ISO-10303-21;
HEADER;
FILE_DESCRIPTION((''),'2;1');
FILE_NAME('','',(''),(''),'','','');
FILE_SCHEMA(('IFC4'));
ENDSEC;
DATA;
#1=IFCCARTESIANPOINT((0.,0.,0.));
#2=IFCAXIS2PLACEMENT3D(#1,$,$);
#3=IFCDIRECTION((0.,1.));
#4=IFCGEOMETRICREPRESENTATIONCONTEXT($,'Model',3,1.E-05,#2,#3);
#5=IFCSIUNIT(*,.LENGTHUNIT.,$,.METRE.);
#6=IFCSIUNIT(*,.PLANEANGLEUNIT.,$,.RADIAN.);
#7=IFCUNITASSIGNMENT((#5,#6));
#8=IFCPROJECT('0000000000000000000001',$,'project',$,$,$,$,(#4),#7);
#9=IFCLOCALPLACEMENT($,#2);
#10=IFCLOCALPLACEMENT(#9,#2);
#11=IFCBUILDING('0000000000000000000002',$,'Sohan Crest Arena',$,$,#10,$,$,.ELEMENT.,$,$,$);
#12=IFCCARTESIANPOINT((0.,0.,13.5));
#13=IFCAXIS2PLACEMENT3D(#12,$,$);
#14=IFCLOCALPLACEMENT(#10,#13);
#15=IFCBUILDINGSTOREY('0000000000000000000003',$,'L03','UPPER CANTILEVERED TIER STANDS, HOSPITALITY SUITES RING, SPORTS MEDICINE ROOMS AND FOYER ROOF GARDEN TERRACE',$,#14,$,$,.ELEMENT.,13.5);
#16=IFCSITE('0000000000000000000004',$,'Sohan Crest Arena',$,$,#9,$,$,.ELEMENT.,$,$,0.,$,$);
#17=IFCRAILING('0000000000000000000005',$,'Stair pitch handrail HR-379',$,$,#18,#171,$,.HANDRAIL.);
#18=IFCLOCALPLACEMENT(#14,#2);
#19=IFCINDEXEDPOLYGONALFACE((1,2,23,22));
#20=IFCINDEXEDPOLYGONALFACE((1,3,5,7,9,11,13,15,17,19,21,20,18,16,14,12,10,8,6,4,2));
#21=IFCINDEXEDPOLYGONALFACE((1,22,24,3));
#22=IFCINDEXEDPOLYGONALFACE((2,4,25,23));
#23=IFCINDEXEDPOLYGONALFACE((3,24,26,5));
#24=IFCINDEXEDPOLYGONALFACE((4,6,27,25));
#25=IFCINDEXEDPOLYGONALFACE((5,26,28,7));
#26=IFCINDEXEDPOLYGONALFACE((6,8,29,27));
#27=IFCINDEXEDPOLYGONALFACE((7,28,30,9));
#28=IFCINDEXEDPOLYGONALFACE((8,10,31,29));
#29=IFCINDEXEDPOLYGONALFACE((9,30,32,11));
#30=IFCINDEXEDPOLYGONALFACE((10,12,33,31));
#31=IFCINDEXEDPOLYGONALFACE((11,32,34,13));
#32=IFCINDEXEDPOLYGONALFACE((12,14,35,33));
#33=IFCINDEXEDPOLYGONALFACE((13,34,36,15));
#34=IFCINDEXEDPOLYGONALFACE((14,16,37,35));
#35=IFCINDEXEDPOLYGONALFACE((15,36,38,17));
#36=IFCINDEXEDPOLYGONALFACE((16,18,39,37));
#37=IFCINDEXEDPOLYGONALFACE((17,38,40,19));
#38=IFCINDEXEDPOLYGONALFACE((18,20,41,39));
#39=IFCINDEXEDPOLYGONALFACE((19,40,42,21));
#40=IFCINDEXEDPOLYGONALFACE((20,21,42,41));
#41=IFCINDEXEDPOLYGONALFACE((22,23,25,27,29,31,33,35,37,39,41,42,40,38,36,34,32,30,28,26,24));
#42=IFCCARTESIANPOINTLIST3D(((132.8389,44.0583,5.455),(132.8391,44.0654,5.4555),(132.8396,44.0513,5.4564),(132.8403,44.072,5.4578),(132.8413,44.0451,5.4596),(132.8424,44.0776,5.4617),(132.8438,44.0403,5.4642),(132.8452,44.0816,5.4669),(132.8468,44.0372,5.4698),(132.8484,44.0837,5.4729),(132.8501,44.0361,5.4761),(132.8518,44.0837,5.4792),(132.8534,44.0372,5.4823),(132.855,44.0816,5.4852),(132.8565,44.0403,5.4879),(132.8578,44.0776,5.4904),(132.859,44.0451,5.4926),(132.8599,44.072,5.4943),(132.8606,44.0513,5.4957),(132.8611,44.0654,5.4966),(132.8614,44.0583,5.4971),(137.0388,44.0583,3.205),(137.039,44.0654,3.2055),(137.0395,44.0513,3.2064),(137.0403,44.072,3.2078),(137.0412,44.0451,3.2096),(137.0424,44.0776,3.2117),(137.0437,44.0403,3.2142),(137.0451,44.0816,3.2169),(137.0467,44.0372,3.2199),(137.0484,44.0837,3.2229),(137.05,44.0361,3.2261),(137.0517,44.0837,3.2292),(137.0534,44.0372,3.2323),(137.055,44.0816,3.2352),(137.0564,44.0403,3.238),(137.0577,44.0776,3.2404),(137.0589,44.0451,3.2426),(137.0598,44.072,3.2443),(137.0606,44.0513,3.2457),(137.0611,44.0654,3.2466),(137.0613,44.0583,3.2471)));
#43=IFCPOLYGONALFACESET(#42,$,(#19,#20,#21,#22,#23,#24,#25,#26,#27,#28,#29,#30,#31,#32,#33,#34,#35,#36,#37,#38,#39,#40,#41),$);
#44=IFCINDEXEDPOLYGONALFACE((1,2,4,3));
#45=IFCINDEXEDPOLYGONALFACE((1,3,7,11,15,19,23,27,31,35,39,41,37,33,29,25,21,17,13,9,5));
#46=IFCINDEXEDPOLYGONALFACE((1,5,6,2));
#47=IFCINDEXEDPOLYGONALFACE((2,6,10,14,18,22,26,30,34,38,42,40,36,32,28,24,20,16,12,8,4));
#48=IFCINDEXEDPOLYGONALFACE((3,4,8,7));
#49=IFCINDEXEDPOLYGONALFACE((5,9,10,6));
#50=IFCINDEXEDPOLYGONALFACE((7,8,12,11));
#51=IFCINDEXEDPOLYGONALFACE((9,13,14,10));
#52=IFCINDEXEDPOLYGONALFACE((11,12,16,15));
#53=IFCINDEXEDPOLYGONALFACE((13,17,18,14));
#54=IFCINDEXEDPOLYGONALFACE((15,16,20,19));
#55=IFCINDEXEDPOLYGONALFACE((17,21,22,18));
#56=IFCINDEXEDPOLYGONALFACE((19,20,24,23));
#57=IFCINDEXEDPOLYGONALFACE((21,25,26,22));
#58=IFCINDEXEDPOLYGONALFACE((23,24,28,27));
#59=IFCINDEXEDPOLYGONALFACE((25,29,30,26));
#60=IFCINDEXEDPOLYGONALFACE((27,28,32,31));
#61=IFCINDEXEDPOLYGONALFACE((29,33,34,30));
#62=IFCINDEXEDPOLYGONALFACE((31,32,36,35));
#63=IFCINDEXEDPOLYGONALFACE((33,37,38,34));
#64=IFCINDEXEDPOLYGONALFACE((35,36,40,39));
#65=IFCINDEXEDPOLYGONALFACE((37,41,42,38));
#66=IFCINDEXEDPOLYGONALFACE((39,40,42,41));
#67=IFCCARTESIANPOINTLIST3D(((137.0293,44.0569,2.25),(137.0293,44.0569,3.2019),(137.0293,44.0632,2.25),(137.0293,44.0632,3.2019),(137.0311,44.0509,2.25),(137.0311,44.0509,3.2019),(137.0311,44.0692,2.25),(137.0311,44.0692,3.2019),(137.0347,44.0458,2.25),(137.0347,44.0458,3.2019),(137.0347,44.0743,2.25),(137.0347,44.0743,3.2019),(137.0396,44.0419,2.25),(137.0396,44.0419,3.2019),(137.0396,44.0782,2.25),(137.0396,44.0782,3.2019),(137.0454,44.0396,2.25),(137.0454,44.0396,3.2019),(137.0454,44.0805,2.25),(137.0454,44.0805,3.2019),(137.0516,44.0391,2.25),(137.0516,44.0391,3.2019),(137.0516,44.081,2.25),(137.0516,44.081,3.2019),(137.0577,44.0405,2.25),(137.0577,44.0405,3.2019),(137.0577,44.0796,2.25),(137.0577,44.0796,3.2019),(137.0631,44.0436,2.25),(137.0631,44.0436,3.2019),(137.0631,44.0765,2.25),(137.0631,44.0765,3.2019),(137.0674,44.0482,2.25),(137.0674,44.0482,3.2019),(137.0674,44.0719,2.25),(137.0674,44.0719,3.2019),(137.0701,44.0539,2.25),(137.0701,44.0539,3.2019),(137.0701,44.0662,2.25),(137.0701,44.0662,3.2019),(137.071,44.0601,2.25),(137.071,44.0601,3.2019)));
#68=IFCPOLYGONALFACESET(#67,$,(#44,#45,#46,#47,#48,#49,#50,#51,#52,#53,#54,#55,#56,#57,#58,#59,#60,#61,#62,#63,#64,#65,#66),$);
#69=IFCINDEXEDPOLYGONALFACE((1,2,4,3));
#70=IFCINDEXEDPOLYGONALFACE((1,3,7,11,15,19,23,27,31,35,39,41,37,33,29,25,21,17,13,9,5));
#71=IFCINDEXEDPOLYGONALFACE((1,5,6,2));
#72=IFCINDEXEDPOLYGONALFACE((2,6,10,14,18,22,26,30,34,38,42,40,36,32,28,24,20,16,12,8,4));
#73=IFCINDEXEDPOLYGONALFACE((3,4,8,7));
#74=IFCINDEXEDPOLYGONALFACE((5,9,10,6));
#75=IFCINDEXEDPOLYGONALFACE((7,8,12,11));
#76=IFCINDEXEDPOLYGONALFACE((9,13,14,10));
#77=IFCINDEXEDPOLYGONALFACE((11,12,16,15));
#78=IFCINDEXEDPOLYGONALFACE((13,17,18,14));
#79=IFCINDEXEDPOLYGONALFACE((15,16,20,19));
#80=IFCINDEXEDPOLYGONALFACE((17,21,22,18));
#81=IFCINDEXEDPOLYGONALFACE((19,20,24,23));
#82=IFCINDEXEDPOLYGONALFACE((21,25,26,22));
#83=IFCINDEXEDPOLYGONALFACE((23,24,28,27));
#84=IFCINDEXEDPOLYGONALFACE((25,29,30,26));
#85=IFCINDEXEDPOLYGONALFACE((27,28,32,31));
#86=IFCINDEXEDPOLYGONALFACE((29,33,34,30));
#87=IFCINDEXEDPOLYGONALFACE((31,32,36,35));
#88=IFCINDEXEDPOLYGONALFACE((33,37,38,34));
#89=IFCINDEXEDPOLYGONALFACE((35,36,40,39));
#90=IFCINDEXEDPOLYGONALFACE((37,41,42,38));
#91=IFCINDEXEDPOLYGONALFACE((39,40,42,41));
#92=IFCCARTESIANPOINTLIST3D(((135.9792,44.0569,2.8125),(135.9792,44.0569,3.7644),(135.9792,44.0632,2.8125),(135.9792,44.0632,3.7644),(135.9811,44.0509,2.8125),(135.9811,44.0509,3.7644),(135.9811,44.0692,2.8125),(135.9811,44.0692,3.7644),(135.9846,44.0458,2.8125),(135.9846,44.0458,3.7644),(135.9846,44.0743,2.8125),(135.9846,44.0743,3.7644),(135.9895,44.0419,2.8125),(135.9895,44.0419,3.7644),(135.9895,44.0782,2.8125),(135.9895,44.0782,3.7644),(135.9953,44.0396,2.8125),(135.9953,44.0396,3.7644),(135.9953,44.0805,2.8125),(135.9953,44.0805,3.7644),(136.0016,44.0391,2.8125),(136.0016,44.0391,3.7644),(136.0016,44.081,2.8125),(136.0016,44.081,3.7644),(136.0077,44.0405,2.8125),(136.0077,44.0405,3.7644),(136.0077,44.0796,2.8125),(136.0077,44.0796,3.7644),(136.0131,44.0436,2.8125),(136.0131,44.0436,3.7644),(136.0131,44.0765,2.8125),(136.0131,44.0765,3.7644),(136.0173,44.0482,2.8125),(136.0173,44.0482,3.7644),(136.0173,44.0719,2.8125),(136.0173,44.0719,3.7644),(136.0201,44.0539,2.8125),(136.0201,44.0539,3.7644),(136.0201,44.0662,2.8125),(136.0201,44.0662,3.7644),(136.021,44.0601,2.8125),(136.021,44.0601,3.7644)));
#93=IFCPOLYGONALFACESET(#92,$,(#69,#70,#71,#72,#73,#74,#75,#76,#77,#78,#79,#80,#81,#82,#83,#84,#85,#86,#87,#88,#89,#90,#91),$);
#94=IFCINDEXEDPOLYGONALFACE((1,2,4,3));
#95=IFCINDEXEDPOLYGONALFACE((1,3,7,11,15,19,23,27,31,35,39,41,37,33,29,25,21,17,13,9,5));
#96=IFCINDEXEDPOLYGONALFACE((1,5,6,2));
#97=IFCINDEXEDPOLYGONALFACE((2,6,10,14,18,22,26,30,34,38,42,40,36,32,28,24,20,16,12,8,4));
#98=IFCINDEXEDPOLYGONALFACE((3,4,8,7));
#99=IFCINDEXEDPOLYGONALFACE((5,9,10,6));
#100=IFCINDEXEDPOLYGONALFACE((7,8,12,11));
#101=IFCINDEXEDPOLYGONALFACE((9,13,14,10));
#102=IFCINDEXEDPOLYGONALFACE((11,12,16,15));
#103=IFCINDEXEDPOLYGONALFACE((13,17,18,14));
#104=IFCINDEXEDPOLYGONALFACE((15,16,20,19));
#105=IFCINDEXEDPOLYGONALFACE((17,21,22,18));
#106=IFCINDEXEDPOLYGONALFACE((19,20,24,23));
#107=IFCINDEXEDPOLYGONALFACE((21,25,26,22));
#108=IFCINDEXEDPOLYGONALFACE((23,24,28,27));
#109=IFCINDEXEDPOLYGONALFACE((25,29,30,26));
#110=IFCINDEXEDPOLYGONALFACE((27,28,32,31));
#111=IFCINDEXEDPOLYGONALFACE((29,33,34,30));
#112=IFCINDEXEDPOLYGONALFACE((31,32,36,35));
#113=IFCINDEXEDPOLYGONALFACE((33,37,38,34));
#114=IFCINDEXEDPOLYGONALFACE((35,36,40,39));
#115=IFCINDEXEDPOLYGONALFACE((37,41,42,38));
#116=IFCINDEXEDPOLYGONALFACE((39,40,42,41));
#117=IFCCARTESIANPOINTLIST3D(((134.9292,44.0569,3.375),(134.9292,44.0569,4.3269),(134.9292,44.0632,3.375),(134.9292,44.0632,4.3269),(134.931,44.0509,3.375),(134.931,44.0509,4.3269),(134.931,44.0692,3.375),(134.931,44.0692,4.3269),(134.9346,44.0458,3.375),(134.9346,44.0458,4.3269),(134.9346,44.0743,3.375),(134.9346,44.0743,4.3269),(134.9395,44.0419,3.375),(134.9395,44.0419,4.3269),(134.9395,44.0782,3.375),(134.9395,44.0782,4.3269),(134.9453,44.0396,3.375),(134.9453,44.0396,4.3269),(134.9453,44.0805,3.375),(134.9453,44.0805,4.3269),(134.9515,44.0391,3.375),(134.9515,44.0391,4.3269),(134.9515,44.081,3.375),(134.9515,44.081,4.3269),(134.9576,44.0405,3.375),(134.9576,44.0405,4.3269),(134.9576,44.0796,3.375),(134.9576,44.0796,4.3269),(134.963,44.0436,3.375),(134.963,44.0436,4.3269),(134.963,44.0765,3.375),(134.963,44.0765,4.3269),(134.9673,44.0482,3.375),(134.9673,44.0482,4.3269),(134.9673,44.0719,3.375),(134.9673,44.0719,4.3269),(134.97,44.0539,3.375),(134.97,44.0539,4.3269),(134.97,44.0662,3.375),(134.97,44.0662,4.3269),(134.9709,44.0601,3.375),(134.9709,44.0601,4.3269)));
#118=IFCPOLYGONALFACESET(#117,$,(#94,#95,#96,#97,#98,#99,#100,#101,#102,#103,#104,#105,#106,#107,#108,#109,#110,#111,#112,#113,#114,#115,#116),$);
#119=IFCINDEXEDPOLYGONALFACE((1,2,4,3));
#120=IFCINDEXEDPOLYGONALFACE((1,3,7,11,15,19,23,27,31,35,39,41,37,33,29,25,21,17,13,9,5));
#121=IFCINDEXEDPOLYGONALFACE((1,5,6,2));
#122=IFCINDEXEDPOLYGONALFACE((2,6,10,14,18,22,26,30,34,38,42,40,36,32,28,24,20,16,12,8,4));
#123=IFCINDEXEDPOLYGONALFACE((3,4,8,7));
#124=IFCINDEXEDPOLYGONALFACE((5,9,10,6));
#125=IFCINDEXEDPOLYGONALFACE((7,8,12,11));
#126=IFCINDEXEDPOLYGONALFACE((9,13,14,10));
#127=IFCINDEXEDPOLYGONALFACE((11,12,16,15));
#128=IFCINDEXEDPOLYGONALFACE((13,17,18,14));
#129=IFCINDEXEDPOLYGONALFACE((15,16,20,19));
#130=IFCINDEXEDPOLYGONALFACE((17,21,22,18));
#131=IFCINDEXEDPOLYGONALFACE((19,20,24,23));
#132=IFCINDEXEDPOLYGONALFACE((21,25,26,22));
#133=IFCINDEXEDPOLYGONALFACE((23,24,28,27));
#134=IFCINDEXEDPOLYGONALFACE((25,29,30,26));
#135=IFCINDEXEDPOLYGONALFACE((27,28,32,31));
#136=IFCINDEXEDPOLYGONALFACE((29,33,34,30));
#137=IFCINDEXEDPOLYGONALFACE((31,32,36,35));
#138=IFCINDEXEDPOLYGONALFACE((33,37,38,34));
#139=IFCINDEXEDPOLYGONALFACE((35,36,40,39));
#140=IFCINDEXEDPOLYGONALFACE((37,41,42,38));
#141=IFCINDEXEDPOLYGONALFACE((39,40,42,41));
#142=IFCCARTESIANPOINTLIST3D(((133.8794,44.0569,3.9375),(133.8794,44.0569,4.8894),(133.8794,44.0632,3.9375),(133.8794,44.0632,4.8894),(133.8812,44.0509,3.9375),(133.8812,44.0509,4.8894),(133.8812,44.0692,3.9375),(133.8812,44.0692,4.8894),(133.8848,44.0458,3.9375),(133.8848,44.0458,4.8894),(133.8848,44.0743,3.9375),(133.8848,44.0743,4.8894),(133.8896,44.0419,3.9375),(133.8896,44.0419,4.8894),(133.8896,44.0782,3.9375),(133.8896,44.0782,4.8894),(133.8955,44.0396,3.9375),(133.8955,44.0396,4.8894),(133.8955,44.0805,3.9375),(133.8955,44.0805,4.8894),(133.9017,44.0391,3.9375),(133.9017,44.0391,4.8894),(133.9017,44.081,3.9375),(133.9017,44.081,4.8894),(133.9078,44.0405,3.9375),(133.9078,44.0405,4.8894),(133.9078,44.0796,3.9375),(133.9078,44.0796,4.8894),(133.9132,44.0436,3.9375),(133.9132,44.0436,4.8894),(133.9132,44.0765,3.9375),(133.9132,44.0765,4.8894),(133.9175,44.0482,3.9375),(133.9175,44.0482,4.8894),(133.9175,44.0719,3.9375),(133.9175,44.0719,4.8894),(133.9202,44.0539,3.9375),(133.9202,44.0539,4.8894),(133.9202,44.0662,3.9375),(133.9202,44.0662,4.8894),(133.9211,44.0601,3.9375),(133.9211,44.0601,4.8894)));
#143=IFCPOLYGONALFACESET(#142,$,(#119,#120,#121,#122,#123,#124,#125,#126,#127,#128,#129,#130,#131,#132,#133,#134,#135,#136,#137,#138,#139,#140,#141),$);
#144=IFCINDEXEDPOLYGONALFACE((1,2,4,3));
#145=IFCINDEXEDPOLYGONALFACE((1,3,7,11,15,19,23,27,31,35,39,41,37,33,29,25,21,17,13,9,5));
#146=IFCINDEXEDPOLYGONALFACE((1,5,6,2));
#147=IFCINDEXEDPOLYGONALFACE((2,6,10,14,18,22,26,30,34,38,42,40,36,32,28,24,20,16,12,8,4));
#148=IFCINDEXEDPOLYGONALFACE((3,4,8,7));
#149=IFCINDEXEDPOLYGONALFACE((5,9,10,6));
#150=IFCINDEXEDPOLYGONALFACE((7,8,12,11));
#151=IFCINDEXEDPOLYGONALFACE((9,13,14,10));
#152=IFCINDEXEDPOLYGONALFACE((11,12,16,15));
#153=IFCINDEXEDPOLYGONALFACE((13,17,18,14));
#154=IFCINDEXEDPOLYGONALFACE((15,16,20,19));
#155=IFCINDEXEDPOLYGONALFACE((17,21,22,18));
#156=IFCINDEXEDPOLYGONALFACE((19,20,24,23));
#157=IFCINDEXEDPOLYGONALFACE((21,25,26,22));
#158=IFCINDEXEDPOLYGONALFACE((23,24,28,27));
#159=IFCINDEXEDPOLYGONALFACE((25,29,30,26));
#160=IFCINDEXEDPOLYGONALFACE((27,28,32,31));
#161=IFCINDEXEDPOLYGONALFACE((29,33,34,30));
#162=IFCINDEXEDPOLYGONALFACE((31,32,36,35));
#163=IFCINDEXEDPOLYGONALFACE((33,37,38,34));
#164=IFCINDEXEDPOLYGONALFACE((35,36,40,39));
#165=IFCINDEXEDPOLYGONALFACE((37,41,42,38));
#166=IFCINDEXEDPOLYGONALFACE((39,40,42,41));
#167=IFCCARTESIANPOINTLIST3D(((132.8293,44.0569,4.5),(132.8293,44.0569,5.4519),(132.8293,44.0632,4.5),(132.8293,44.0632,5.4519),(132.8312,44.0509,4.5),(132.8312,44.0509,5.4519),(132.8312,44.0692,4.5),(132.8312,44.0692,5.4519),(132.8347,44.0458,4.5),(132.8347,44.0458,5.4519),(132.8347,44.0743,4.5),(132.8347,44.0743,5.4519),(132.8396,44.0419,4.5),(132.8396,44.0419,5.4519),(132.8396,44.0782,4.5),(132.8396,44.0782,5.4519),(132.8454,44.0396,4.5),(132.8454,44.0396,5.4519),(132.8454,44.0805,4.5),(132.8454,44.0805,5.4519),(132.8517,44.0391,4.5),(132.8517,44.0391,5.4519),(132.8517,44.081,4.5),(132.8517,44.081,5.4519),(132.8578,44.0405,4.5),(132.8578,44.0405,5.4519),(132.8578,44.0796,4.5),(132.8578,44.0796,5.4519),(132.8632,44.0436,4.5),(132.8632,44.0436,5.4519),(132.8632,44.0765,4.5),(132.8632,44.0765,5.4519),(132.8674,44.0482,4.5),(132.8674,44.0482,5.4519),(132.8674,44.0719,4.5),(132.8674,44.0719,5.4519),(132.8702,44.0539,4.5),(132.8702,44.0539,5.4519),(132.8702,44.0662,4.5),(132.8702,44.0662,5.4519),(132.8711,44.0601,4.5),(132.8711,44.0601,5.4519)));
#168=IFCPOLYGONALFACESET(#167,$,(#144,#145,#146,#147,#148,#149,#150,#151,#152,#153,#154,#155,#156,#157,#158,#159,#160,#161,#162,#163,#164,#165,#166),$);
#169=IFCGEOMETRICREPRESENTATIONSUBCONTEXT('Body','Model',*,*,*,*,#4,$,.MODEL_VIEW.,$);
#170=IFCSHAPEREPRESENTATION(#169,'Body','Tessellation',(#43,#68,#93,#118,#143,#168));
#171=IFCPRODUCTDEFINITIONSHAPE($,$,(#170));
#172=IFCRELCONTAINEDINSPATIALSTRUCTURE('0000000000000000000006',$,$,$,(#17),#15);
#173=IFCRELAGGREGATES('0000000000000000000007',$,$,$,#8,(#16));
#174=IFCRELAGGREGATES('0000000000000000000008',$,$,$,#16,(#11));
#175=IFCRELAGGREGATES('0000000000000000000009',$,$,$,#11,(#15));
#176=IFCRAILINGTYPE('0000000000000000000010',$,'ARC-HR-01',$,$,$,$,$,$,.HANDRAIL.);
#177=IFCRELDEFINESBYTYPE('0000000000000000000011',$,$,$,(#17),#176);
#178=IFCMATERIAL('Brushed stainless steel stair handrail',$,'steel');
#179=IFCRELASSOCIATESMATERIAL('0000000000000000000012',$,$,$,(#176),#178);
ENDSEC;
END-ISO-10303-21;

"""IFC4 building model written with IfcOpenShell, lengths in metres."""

from ifc_helpers import new_model, si_unit, direction, frame, origin, origin_2d, place, context, subcontext, project, spatial, circle, extrude, material, type_object, element, save


model = new_model("IFC4")

# Units and contexts
model_context = context("Model", 3, precision=1e-05, world=origin(), true_north=direction((0.0, 1.0)))
body_context = subcontext(model_context, "Body", "Model", "MODEL_VIEW")
ifc_project = project(units=[si_unit("LENGTHUNIT", "METRE"), si_unit("PLANEANGLEUNIT", "RADIAN")], contexts=[model_context])

# Site, building, storey
site_placement = place(None, origin())
site = spatial("IfcSite", under=ifc_project, at=site_placement, Name="Sohan Crest Arena", CompositionType="ELEMENT", RefElevation=0.0)
building_placement = place(site_placement, origin())
building = spatial("IfcBuilding", under=site, at=building_placement, Name="Sohan Crest Arena", CompositionType="ELEMENT")
storey_placement = place(building_placement, frame((0.0, 0.0, 13.5)))
storey = spatial("IfcBuildingStorey", under=building, at=storey_placement, Name="L03", Description="UPPER CANTILEVERED TIER STANDS, HOSPITALITY SUITES RING, SPORTS MEDICINE ROOMS AND FOYER ROOF GARDEN TERRACE", CompositionType="ELEMENT", Elevation=13.5)

# Railing
ifc_material_1 = material(Name="Brushed stainless steel stair handrail", Category="steel")
railing_type_1 = type_object("IfcRailingType", Name="ARC-HR-01", PredefinedType="HANDRAIL", material=ifc_material_1)
railing_1_placement = place(storey_placement, frame((137.05, 44.0601, 2.25)))
element("IfcRailing", 1, at=railing_1_placement, inside=storey, type_object=railing_type_1, Name="Stair pitch handrail HR-379", PredefinedType="HANDRAIL", context=body_context, shape_type="SweptSolid", body=[
    extrude(circle(Radius=0.0239, at=origin_2d()), frame((0.0, 0.0, 0.9761), z_axis=(-0.881478, 0.0, 0.472226), x_axis=(0.0, -1.0, 0.0)), (0.0, 0.0, 1.0), 4.7646),
    extrude(circle(Radius=0.021, at=origin_2d()), origin(), (0.0, 0.0, 1.0), 0.9519),
    extrude(circle(Radius=0.021, at=origin_2d()), frame((-1.05, 0.0, 0.5625)), (0.0, 0.0, 1.0), 0.9519),
    extrude(circle(Radius=0.021, at=origin_2d()), frame((-2.1001, 0.0, 1.125)), (0.0, 0.0, 1.0), 0.9519),
    extrude(circle(Radius=0.021, at=origin_2d()), frame((-3.1499, 0.0, 1.6875)), (0.0, 0.0, 1.0), 0.9519),
    extrude(circle(Radius=0.021, at=origin_2d()), frame((-4.2, 0.0, 2.25)), (0.0, 0.0, 1.0), 0.9519),
])

save(model, "model.ifc")
